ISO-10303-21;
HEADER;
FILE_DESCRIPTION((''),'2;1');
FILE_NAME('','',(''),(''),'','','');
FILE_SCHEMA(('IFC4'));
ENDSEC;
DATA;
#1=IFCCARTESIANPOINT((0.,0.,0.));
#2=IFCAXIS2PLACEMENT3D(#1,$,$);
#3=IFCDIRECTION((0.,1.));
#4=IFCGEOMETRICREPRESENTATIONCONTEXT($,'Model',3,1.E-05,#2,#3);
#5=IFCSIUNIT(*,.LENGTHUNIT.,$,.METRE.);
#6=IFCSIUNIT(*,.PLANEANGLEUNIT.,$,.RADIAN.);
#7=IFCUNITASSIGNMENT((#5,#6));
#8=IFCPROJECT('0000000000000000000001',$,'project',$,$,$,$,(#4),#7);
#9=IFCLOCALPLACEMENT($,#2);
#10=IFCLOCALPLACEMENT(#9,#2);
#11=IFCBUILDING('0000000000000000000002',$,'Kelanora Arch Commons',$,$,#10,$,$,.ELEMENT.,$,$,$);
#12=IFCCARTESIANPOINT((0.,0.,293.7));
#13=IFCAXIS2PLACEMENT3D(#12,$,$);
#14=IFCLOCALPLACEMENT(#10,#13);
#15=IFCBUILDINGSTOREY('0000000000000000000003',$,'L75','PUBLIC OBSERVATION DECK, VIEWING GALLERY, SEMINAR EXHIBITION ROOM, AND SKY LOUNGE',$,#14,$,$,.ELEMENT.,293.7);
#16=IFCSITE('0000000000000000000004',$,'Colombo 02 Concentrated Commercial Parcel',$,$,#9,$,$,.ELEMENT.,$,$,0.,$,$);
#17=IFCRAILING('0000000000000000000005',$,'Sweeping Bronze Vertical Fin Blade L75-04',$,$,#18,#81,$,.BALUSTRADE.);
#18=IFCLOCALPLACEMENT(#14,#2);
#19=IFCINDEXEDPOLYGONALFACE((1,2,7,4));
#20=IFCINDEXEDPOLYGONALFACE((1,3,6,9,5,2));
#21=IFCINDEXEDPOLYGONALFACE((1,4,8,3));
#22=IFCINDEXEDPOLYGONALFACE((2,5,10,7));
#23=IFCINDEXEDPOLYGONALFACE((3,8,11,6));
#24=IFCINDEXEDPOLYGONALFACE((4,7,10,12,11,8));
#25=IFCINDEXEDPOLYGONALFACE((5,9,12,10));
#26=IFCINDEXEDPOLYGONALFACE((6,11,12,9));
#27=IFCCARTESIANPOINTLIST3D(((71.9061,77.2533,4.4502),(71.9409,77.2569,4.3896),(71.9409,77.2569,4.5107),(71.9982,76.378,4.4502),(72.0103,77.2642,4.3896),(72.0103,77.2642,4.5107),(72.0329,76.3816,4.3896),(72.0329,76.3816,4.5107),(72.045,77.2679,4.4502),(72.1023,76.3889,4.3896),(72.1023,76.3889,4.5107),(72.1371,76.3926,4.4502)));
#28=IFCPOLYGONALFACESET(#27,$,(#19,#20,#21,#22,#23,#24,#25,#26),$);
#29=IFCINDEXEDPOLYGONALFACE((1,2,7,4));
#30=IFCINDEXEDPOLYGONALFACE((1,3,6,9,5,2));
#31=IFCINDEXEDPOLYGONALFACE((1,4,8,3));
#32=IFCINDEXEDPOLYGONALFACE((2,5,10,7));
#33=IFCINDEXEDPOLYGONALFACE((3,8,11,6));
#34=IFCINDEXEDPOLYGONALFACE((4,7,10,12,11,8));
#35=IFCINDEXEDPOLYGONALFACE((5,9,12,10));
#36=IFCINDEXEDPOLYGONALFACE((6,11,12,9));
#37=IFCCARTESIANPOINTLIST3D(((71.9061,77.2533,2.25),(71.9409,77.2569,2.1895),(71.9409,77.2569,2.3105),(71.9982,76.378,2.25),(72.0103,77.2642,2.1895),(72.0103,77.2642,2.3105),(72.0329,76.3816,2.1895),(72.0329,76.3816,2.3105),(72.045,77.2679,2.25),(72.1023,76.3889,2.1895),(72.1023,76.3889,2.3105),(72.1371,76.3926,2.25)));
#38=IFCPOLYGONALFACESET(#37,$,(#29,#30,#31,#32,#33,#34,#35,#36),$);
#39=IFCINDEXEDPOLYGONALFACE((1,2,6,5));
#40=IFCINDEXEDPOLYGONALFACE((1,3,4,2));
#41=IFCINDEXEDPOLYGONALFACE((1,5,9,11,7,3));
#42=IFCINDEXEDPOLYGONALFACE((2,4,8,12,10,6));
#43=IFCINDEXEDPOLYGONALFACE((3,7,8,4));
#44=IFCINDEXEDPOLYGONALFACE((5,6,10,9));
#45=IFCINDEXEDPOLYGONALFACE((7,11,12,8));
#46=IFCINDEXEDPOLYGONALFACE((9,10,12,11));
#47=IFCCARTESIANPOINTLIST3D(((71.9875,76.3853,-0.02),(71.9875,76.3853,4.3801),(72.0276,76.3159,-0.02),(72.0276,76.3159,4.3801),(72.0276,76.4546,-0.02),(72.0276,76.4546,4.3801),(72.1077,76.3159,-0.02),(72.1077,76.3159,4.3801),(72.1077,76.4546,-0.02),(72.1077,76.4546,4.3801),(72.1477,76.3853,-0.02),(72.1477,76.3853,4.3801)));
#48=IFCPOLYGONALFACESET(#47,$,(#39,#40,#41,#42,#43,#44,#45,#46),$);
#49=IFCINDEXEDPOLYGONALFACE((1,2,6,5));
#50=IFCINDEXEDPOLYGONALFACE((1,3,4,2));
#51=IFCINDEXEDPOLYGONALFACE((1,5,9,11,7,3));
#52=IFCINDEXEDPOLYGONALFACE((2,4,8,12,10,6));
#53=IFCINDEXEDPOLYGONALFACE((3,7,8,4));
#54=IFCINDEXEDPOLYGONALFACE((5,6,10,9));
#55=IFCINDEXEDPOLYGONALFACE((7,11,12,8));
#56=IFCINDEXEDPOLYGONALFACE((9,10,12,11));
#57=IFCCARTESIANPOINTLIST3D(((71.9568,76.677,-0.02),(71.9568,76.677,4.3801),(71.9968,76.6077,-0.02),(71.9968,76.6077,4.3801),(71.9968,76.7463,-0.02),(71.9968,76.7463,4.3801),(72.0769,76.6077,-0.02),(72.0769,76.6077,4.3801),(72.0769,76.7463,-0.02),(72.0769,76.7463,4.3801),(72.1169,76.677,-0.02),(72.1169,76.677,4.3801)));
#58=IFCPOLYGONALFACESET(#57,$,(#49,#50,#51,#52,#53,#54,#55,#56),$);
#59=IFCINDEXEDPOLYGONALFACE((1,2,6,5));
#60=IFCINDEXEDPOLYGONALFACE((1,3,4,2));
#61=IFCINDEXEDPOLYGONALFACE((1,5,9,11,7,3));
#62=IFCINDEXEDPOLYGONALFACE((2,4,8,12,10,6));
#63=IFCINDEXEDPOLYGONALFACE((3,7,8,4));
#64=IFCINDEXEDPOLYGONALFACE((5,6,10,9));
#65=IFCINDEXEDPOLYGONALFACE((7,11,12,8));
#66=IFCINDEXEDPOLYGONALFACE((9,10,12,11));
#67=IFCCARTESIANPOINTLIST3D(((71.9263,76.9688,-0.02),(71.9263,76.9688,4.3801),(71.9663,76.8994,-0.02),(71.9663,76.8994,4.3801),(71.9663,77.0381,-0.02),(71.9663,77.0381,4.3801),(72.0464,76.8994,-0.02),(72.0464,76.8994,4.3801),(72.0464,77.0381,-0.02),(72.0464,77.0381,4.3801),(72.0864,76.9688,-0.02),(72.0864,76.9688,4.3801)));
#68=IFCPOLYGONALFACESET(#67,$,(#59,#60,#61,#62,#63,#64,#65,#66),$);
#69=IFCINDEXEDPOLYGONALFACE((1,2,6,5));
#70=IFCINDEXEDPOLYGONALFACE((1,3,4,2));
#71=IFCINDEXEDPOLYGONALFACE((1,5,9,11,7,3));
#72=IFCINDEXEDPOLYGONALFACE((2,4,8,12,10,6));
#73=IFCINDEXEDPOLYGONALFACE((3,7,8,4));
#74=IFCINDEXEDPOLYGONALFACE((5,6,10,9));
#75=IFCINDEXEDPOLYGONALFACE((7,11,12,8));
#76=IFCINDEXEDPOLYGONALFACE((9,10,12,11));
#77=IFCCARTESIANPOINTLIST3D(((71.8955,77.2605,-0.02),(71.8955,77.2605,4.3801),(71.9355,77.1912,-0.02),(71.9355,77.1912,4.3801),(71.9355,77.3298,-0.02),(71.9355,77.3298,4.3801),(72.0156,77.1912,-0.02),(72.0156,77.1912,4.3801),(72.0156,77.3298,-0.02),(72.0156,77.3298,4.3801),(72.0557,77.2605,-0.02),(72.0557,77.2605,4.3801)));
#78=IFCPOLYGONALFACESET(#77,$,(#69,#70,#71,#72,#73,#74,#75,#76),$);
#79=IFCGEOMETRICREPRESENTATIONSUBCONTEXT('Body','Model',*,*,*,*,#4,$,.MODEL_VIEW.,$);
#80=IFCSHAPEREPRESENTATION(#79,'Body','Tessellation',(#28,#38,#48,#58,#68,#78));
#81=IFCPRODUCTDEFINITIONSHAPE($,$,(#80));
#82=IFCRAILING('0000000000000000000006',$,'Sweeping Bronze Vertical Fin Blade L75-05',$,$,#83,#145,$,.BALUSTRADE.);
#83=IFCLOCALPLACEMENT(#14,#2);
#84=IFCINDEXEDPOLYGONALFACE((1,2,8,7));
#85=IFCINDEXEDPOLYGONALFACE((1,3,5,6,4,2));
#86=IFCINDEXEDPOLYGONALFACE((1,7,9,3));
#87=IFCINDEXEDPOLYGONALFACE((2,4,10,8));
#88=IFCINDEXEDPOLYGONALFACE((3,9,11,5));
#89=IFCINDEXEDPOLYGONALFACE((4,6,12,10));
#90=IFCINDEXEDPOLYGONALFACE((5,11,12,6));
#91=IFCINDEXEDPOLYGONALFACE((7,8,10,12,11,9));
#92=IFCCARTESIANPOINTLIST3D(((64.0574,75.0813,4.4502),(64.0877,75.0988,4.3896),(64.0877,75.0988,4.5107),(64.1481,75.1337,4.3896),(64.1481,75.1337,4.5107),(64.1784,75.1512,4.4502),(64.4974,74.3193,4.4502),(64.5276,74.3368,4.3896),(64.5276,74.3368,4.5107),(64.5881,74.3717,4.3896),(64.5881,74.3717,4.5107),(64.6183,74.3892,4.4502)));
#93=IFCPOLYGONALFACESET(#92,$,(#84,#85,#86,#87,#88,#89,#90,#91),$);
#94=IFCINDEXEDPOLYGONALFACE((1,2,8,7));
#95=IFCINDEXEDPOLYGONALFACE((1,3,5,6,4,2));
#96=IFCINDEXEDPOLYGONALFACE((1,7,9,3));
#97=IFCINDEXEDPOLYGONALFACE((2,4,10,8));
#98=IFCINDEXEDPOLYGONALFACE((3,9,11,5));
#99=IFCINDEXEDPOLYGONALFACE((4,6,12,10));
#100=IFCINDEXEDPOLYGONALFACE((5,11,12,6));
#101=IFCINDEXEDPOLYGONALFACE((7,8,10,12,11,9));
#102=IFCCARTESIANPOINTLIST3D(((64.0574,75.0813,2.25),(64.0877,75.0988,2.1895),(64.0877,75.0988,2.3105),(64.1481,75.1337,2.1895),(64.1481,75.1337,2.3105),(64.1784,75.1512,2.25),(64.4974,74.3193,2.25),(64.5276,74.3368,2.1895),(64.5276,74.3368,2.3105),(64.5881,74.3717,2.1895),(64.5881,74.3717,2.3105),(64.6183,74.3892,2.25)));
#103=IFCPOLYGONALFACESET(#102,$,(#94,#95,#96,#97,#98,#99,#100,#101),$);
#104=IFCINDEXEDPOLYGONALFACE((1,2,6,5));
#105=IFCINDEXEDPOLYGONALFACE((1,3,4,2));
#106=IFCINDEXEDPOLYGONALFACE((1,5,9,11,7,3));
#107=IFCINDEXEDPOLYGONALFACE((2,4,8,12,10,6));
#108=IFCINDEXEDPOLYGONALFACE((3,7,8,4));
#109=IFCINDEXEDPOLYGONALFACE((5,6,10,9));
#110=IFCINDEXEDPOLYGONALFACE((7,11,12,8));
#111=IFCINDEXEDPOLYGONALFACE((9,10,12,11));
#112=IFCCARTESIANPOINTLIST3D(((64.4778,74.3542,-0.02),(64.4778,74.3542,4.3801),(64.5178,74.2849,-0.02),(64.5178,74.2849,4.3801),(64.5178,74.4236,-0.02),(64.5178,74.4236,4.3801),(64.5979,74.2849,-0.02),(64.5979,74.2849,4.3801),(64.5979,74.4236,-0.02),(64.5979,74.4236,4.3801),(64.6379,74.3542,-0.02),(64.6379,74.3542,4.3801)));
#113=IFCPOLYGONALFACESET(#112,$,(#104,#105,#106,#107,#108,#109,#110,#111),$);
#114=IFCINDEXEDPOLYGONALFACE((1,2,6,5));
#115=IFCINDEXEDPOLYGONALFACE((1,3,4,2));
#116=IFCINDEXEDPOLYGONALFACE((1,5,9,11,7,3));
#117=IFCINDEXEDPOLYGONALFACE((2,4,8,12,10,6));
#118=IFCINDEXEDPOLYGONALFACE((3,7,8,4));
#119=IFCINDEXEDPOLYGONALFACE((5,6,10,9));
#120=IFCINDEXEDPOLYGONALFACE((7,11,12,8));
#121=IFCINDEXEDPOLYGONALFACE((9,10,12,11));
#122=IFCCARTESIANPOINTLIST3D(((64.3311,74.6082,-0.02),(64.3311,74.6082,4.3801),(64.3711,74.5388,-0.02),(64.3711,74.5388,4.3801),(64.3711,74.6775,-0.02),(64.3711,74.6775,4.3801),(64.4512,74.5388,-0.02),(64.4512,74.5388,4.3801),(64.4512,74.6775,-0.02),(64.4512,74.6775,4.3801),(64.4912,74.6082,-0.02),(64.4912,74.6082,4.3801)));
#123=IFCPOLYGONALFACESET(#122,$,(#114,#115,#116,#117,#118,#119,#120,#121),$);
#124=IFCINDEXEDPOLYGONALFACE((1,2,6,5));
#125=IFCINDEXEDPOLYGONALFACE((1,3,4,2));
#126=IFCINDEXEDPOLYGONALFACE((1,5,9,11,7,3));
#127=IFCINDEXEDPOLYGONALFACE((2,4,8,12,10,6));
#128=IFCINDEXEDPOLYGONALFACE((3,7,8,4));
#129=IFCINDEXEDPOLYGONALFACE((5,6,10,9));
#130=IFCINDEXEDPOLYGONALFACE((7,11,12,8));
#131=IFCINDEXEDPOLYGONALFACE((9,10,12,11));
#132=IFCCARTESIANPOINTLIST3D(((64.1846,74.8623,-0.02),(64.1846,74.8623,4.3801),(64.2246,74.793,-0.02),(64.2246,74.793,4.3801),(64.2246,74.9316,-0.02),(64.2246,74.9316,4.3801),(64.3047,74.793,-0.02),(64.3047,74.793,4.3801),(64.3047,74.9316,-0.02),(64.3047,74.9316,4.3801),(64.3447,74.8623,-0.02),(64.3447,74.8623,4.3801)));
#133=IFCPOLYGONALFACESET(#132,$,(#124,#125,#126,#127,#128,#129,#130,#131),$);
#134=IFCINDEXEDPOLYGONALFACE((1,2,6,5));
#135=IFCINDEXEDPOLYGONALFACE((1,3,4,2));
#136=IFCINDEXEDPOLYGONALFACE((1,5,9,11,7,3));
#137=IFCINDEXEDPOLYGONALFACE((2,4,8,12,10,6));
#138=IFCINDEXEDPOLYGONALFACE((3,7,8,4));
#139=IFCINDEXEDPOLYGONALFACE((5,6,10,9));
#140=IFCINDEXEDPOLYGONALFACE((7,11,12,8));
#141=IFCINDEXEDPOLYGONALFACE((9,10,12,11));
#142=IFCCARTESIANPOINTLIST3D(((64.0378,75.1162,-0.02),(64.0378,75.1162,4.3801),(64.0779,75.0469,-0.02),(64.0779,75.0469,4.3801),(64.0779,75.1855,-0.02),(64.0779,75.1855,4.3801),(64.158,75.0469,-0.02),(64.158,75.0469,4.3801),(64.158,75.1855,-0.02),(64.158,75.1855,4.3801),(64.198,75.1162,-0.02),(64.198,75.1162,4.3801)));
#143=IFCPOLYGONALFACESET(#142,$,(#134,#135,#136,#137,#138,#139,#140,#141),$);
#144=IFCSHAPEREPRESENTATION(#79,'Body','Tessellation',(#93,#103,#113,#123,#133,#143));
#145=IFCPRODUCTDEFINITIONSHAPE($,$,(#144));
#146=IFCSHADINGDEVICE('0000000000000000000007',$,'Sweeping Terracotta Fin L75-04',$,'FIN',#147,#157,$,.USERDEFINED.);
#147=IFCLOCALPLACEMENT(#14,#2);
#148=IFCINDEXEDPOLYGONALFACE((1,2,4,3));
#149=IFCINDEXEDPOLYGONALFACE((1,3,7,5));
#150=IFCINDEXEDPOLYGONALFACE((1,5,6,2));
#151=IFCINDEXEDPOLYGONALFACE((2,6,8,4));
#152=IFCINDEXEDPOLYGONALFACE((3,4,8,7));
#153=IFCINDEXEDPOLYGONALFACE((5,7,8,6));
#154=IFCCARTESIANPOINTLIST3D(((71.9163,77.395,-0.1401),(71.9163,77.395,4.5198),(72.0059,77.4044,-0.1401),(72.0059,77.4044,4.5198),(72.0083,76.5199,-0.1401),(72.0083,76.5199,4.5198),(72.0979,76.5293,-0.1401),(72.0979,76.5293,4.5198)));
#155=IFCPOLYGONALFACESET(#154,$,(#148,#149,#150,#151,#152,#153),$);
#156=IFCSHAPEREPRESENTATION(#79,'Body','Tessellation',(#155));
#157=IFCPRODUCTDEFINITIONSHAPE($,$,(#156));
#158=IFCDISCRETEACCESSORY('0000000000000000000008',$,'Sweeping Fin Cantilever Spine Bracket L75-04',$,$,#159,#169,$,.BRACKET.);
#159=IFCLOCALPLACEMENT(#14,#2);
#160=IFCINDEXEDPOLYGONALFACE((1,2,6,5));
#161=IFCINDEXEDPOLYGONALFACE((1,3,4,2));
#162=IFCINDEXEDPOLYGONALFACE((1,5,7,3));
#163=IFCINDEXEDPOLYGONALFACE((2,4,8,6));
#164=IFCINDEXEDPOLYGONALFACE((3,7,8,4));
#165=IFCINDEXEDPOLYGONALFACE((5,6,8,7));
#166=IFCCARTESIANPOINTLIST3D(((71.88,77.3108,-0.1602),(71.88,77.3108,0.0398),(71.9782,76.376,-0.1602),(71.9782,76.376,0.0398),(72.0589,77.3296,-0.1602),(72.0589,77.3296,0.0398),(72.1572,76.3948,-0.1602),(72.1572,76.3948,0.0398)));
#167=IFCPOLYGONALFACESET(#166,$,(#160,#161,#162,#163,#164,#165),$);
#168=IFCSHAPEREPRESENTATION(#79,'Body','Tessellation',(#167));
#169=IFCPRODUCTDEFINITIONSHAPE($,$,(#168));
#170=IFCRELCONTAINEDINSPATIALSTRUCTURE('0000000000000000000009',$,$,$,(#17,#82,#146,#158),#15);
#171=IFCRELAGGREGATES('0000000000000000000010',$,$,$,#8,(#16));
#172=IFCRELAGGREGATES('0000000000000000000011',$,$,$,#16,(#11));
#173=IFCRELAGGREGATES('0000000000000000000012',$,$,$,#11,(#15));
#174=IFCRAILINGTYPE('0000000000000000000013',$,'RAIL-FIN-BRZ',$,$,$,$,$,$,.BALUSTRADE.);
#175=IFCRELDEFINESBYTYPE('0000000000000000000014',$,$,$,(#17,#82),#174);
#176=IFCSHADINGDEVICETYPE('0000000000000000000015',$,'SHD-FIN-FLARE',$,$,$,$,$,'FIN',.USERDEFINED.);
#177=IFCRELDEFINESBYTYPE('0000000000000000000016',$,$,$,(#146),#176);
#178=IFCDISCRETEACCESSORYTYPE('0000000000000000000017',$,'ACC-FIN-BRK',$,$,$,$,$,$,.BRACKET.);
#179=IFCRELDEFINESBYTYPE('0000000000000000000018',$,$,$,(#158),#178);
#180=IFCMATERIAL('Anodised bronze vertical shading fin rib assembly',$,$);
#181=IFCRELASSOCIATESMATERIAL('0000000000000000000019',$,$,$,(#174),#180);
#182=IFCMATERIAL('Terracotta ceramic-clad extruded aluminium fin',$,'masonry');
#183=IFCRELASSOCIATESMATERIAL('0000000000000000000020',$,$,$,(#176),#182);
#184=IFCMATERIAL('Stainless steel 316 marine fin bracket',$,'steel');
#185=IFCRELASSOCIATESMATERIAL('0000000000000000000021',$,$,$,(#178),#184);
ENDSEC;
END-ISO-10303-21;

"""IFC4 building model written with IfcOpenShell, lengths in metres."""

from ifc_helpers import new_model, si_unit, direction, frame, origin, origin_2d, place, context, subcontext, project, spatial, polyline, rectangle, outline, extrude, source, transform, mapped, material, type_object, element, save


model = new_model("IFC4")

# Units and contexts
model_context = context("Model", 3, precision=1e-05, world=origin(), true_north=direction((0.0, 1.0)))
body_context = subcontext(model_context, "Body", "Model", "MODEL_VIEW")
ifc_project = project(units=[si_unit("LENGTHUNIT", "METRE"), si_unit("PLANEANGLEUNIT", "RADIAN")], contexts=[model_context])

# Site, building, storey
site_placement = place(None, origin())
site = spatial("IfcSite", under=ifc_project, at=site_placement, Name="Colombo 02 Concentrated Commercial Parcel", CompositionType="ELEMENT", RefElevation=0.0)
building_placement = place(site_placement, origin())
building = spatial("IfcBuilding", under=site, at=building_placement, Name="Kelanora Arch Commons", CompositionType="ELEMENT")
storey_placement = place(building_placement, frame((0.0, 0.0, 293.7)))
storey = spatial("IfcBuildingStorey", under=building, at=storey_placement, Name="L75", Description="PUBLIC OBSERVATION DECK, VIEWING GALLERY, SEMINAR EXHIBITION ROOM, AND SKY LOUNGE", CompositionType="ELEMENT", Elevation=293.7)

# Railings
ifc_material_1 = material(Name="Anodised bronze vertical shading fin rib assembly")
railing_type = type_object("IfcRailingType", Name="RAIL-FIN-BRZ", PredefinedType="BALUSTRADE", material=ifc_material_1)
railing_1_placement = place(storey_placement, frame((72.0676, 76.3853, -0.02)))
element("IfcRailing", 1, at=railing_1_placement, inside=storey, type_object=railing_type, Name="Sweeping Bronze Vertical Fin Blade L75-04", PredefinedType="BALUSTRADE", context=body_context, shape_type="SweptSolid", body=[
    extrude(outline(polyline([(0.0698, 0.0), (0.0349, 0.0605), (-0.0349, 0.0605), (-0.0698, 0.0), (-0.0349, -0.0605), (0.0349, -0.0605), (0.0698, 0.0)])), frame((0.0, 0.0, 4.4702), z_axis=(-0.104584, 0.994516, 0.0), x_axis=(-0.994516, -0.104584, 0.0)), (0.0, 0.0, 1.0), 0.8801),
    extrude(outline(polyline([(0.0698, 0.0), (0.0349, 0.0605), (-0.0349, 0.0605), (-0.0698, 0.0), (-0.0349, -0.0605), (0.0349, -0.0605), (0.0698, 0.0)])), frame((0.0, 0.0, 2.27), z_axis=(-0.104584, 0.994516, 0.0), x_axis=(-0.994516, -0.104584, 0.0)), (0.0, 0.0, 1.0), 0.8801),
    extrude(outline(polyline([(0.0801, 0.0), (0.04, 0.0693), (-0.04, 0.0693), (-0.0801, 0.0), (-0.04, -0.0693), (0.04, -0.0693), (0.0801, 0.0)])), origin(), (0.0, 0.0, 1.0), 4.4001),
    extrude(outline(polyline([(0.0801, 0.0), (0.04, 0.0693), (-0.04, 0.0693), (-0.0801, 0.0), (-0.04, -0.0693), (0.04, -0.0693), (0.0801, 0.0)])), frame((-0.0308, 0.2917, 0.0)), (0.0, 0.0, 1.0), 4.4001),
    extrude(outline(polyline([(0.0801, 0.0), (0.04, 0.0693), (-0.04, 0.0693), (-0.0801, 0.0), (-0.04, -0.0693), (0.04, -0.0693), (0.0801, 0.0)])), frame((-0.0613, 0.5835, 0.0)), (0.0, 0.0, 1.0), 4.4001),
    extrude(outline(polyline([(0.0801, 0.0), (0.04, 0.0693), (-0.04, 0.0693), (-0.0801, 0.0), (-0.04, -0.0693), (0.04, -0.0693), (0.0801, 0.0)])), frame((-0.092, 0.8752, 0.0)), (0.0, 0.0, 1.0), 4.4001),
])
railing_2_placement = place(storey_placement, frame((64.5579, 74.3542, -0.02)))
element("IfcRailing", 2, at=railing_2_placement, inside=storey, type_object=railing_type, Name="Sweeping Bronze Vertical Fin Blade L75-05", PredefinedType="BALUSTRADE", context=body_context, shape_type="SweptSolid", body=[
    extrude(outline(polyline([(0.0698, 0.0), (0.0349, 0.0605), (-0.0349, 0.0605), (-0.0698, 0.0), (-0.0349, -0.0605), (0.0349, -0.0605), (0.0698, 0.0)])), frame((0.0, 0.0, 4.4702), z_axis=(-0.500019, 0.866015, 0.0), x_axis=(-0.866015, -0.500019, 0.0)), (0.0, 0.0, 1.0), 0.8799),
    extrude(outline(polyline([(0.0698, 0.0), (0.0349, 0.0605), (-0.0349, 0.0605), (-0.0698, 0.0), (-0.0349, -0.0605), (0.0349, -0.0605), (0.0698, 0.0)])), frame((0.0, 0.0, 2.27), z_axis=(-0.500019, 0.866015, 0.0), x_axis=(-0.866015, -0.500019, 0.0)), (0.0, 0.0, 1.0), 0.8799),
    extrude(outline(polyline([(0.0801, 0.0), (0.04, 0.0693), (-0.04, 0.0693), (-0.0801, 0.0), (-0.04, -0.0693), (0.04, -0.0693), (0.0801, 0.0)])), origin(), (0.0, 0.0, 1.0), 4.4001),
    extrude(outline(polyline([(0.0801, 0.0), (0.04, 0.0693), (-0.04, 0.0693), (-0.0801, 0.0), (-0.04, -0.0693), (0.04, -0.0693), (0.0801, 0.0)])), frame((-0.1467, 0.2539, 0.0)), (0.0, 0.0, 1.0), 4.4001),
    extrude(outline(polyline([(0.0801, 0.0), (0.04, 0.0693), (-0.04, 0.0693), (-0.0801, 0.0), (-0.04, -0.0693), (0.04, -0.0693), (0.0801, 0.0)])), frame((-0.2932, 0.5081, 0.0)), (0.0, 0.0, 1.0), 4.4001),
    extrude(outline(polyline([(0.0801, 0.0), (0.04, 0.0693), (-0.04, 0.0693), (-0.0801, 0.0), (-0.04, -0.0693), (0.04, -0.0693), (0.0801, 0.0)])), frame((-0.4399, 0.762, 0.0)), (0.0, 0.0, 1.0), 4.4001),
])

# Shading device
ifc_material_2 = material(Name="Terracotta ceramic-clad extruded aluminium fin", Category="masonry")
shading_device_type = type_object("IfcShadingDeviceType", Name="SHD-FIN-FLARE", ElementType="FIN", PredefinedType="USERDEFINED", material=ifc_material_2)
shared_shape_1 = source(origin(), body_context, "Body", "SweptSolid", [
    extrude(rectangle(XDim=0.8799, YDim=0.0901, at=origin_2d()), origin(), (0.0, 0.0, 1.0), 4.6599),
])
shading_device_placement = place(storey_placement, frame((72.0071, 76.9622, -0.1401), z_axis=(0.0, 0.0, 1.0), x_axis=(-0.104528, 0.994522, 0.0)))
element("IfcShadingDevice", 3, at=shading_device_placement, inside=storey, type_object=shading_device_type, Name="Sweeping Terracotta Fin L75-04", ObjectType="FIN", PredefinedType="USERDEFINED", context=body_context, shape_type="MappedRepresentation", body=[
    mapped(shared_shape_1, transform((0.0, 0.0, 0.0), scale=1.0)),
])

# Discrete accessory
ifc_material_3 = material(Name="Stainless steel 316 marine fin bracket", Category="steel")
discrete_accessory_type = type_object("IfcDiscreteAccessoryType", Name="ACC-FIN-BRK", PredefinedType="BRACKET", material=ifc_material_3)
shared_shape_2 = source(origin(), body_context, "Body", "SweptSolid", [
    extrude(rectangle(XDim=0.9399, YDim=0.1799, at=origin_2d()), origin(), (0.0, 0.0, 1.0), 0.2),
])
discrete_accessory_placement = place(storey_placement, frame((72.0186, 76.8528, -0.1602), z_axis=(0.0, 0.0, 1.0), x_axis=(-0.104528, 0.994522, 0.0)))
element("IfcDiscreteAccessory", 4, at=discrete_accessory_placement, inside=storey, type_object=discrete_accessory_type, Name="Sweeping Fin Cantilever Spine Bracket L75-04", PredefinedType="BRACKET", context=body_context, shape_type="MappedRepresentation", body=[
    mapped(shared_shape_2, transform((0.0, 0.0, 0.0), scale=1.0)),
])

save(model, "model.ifc")
